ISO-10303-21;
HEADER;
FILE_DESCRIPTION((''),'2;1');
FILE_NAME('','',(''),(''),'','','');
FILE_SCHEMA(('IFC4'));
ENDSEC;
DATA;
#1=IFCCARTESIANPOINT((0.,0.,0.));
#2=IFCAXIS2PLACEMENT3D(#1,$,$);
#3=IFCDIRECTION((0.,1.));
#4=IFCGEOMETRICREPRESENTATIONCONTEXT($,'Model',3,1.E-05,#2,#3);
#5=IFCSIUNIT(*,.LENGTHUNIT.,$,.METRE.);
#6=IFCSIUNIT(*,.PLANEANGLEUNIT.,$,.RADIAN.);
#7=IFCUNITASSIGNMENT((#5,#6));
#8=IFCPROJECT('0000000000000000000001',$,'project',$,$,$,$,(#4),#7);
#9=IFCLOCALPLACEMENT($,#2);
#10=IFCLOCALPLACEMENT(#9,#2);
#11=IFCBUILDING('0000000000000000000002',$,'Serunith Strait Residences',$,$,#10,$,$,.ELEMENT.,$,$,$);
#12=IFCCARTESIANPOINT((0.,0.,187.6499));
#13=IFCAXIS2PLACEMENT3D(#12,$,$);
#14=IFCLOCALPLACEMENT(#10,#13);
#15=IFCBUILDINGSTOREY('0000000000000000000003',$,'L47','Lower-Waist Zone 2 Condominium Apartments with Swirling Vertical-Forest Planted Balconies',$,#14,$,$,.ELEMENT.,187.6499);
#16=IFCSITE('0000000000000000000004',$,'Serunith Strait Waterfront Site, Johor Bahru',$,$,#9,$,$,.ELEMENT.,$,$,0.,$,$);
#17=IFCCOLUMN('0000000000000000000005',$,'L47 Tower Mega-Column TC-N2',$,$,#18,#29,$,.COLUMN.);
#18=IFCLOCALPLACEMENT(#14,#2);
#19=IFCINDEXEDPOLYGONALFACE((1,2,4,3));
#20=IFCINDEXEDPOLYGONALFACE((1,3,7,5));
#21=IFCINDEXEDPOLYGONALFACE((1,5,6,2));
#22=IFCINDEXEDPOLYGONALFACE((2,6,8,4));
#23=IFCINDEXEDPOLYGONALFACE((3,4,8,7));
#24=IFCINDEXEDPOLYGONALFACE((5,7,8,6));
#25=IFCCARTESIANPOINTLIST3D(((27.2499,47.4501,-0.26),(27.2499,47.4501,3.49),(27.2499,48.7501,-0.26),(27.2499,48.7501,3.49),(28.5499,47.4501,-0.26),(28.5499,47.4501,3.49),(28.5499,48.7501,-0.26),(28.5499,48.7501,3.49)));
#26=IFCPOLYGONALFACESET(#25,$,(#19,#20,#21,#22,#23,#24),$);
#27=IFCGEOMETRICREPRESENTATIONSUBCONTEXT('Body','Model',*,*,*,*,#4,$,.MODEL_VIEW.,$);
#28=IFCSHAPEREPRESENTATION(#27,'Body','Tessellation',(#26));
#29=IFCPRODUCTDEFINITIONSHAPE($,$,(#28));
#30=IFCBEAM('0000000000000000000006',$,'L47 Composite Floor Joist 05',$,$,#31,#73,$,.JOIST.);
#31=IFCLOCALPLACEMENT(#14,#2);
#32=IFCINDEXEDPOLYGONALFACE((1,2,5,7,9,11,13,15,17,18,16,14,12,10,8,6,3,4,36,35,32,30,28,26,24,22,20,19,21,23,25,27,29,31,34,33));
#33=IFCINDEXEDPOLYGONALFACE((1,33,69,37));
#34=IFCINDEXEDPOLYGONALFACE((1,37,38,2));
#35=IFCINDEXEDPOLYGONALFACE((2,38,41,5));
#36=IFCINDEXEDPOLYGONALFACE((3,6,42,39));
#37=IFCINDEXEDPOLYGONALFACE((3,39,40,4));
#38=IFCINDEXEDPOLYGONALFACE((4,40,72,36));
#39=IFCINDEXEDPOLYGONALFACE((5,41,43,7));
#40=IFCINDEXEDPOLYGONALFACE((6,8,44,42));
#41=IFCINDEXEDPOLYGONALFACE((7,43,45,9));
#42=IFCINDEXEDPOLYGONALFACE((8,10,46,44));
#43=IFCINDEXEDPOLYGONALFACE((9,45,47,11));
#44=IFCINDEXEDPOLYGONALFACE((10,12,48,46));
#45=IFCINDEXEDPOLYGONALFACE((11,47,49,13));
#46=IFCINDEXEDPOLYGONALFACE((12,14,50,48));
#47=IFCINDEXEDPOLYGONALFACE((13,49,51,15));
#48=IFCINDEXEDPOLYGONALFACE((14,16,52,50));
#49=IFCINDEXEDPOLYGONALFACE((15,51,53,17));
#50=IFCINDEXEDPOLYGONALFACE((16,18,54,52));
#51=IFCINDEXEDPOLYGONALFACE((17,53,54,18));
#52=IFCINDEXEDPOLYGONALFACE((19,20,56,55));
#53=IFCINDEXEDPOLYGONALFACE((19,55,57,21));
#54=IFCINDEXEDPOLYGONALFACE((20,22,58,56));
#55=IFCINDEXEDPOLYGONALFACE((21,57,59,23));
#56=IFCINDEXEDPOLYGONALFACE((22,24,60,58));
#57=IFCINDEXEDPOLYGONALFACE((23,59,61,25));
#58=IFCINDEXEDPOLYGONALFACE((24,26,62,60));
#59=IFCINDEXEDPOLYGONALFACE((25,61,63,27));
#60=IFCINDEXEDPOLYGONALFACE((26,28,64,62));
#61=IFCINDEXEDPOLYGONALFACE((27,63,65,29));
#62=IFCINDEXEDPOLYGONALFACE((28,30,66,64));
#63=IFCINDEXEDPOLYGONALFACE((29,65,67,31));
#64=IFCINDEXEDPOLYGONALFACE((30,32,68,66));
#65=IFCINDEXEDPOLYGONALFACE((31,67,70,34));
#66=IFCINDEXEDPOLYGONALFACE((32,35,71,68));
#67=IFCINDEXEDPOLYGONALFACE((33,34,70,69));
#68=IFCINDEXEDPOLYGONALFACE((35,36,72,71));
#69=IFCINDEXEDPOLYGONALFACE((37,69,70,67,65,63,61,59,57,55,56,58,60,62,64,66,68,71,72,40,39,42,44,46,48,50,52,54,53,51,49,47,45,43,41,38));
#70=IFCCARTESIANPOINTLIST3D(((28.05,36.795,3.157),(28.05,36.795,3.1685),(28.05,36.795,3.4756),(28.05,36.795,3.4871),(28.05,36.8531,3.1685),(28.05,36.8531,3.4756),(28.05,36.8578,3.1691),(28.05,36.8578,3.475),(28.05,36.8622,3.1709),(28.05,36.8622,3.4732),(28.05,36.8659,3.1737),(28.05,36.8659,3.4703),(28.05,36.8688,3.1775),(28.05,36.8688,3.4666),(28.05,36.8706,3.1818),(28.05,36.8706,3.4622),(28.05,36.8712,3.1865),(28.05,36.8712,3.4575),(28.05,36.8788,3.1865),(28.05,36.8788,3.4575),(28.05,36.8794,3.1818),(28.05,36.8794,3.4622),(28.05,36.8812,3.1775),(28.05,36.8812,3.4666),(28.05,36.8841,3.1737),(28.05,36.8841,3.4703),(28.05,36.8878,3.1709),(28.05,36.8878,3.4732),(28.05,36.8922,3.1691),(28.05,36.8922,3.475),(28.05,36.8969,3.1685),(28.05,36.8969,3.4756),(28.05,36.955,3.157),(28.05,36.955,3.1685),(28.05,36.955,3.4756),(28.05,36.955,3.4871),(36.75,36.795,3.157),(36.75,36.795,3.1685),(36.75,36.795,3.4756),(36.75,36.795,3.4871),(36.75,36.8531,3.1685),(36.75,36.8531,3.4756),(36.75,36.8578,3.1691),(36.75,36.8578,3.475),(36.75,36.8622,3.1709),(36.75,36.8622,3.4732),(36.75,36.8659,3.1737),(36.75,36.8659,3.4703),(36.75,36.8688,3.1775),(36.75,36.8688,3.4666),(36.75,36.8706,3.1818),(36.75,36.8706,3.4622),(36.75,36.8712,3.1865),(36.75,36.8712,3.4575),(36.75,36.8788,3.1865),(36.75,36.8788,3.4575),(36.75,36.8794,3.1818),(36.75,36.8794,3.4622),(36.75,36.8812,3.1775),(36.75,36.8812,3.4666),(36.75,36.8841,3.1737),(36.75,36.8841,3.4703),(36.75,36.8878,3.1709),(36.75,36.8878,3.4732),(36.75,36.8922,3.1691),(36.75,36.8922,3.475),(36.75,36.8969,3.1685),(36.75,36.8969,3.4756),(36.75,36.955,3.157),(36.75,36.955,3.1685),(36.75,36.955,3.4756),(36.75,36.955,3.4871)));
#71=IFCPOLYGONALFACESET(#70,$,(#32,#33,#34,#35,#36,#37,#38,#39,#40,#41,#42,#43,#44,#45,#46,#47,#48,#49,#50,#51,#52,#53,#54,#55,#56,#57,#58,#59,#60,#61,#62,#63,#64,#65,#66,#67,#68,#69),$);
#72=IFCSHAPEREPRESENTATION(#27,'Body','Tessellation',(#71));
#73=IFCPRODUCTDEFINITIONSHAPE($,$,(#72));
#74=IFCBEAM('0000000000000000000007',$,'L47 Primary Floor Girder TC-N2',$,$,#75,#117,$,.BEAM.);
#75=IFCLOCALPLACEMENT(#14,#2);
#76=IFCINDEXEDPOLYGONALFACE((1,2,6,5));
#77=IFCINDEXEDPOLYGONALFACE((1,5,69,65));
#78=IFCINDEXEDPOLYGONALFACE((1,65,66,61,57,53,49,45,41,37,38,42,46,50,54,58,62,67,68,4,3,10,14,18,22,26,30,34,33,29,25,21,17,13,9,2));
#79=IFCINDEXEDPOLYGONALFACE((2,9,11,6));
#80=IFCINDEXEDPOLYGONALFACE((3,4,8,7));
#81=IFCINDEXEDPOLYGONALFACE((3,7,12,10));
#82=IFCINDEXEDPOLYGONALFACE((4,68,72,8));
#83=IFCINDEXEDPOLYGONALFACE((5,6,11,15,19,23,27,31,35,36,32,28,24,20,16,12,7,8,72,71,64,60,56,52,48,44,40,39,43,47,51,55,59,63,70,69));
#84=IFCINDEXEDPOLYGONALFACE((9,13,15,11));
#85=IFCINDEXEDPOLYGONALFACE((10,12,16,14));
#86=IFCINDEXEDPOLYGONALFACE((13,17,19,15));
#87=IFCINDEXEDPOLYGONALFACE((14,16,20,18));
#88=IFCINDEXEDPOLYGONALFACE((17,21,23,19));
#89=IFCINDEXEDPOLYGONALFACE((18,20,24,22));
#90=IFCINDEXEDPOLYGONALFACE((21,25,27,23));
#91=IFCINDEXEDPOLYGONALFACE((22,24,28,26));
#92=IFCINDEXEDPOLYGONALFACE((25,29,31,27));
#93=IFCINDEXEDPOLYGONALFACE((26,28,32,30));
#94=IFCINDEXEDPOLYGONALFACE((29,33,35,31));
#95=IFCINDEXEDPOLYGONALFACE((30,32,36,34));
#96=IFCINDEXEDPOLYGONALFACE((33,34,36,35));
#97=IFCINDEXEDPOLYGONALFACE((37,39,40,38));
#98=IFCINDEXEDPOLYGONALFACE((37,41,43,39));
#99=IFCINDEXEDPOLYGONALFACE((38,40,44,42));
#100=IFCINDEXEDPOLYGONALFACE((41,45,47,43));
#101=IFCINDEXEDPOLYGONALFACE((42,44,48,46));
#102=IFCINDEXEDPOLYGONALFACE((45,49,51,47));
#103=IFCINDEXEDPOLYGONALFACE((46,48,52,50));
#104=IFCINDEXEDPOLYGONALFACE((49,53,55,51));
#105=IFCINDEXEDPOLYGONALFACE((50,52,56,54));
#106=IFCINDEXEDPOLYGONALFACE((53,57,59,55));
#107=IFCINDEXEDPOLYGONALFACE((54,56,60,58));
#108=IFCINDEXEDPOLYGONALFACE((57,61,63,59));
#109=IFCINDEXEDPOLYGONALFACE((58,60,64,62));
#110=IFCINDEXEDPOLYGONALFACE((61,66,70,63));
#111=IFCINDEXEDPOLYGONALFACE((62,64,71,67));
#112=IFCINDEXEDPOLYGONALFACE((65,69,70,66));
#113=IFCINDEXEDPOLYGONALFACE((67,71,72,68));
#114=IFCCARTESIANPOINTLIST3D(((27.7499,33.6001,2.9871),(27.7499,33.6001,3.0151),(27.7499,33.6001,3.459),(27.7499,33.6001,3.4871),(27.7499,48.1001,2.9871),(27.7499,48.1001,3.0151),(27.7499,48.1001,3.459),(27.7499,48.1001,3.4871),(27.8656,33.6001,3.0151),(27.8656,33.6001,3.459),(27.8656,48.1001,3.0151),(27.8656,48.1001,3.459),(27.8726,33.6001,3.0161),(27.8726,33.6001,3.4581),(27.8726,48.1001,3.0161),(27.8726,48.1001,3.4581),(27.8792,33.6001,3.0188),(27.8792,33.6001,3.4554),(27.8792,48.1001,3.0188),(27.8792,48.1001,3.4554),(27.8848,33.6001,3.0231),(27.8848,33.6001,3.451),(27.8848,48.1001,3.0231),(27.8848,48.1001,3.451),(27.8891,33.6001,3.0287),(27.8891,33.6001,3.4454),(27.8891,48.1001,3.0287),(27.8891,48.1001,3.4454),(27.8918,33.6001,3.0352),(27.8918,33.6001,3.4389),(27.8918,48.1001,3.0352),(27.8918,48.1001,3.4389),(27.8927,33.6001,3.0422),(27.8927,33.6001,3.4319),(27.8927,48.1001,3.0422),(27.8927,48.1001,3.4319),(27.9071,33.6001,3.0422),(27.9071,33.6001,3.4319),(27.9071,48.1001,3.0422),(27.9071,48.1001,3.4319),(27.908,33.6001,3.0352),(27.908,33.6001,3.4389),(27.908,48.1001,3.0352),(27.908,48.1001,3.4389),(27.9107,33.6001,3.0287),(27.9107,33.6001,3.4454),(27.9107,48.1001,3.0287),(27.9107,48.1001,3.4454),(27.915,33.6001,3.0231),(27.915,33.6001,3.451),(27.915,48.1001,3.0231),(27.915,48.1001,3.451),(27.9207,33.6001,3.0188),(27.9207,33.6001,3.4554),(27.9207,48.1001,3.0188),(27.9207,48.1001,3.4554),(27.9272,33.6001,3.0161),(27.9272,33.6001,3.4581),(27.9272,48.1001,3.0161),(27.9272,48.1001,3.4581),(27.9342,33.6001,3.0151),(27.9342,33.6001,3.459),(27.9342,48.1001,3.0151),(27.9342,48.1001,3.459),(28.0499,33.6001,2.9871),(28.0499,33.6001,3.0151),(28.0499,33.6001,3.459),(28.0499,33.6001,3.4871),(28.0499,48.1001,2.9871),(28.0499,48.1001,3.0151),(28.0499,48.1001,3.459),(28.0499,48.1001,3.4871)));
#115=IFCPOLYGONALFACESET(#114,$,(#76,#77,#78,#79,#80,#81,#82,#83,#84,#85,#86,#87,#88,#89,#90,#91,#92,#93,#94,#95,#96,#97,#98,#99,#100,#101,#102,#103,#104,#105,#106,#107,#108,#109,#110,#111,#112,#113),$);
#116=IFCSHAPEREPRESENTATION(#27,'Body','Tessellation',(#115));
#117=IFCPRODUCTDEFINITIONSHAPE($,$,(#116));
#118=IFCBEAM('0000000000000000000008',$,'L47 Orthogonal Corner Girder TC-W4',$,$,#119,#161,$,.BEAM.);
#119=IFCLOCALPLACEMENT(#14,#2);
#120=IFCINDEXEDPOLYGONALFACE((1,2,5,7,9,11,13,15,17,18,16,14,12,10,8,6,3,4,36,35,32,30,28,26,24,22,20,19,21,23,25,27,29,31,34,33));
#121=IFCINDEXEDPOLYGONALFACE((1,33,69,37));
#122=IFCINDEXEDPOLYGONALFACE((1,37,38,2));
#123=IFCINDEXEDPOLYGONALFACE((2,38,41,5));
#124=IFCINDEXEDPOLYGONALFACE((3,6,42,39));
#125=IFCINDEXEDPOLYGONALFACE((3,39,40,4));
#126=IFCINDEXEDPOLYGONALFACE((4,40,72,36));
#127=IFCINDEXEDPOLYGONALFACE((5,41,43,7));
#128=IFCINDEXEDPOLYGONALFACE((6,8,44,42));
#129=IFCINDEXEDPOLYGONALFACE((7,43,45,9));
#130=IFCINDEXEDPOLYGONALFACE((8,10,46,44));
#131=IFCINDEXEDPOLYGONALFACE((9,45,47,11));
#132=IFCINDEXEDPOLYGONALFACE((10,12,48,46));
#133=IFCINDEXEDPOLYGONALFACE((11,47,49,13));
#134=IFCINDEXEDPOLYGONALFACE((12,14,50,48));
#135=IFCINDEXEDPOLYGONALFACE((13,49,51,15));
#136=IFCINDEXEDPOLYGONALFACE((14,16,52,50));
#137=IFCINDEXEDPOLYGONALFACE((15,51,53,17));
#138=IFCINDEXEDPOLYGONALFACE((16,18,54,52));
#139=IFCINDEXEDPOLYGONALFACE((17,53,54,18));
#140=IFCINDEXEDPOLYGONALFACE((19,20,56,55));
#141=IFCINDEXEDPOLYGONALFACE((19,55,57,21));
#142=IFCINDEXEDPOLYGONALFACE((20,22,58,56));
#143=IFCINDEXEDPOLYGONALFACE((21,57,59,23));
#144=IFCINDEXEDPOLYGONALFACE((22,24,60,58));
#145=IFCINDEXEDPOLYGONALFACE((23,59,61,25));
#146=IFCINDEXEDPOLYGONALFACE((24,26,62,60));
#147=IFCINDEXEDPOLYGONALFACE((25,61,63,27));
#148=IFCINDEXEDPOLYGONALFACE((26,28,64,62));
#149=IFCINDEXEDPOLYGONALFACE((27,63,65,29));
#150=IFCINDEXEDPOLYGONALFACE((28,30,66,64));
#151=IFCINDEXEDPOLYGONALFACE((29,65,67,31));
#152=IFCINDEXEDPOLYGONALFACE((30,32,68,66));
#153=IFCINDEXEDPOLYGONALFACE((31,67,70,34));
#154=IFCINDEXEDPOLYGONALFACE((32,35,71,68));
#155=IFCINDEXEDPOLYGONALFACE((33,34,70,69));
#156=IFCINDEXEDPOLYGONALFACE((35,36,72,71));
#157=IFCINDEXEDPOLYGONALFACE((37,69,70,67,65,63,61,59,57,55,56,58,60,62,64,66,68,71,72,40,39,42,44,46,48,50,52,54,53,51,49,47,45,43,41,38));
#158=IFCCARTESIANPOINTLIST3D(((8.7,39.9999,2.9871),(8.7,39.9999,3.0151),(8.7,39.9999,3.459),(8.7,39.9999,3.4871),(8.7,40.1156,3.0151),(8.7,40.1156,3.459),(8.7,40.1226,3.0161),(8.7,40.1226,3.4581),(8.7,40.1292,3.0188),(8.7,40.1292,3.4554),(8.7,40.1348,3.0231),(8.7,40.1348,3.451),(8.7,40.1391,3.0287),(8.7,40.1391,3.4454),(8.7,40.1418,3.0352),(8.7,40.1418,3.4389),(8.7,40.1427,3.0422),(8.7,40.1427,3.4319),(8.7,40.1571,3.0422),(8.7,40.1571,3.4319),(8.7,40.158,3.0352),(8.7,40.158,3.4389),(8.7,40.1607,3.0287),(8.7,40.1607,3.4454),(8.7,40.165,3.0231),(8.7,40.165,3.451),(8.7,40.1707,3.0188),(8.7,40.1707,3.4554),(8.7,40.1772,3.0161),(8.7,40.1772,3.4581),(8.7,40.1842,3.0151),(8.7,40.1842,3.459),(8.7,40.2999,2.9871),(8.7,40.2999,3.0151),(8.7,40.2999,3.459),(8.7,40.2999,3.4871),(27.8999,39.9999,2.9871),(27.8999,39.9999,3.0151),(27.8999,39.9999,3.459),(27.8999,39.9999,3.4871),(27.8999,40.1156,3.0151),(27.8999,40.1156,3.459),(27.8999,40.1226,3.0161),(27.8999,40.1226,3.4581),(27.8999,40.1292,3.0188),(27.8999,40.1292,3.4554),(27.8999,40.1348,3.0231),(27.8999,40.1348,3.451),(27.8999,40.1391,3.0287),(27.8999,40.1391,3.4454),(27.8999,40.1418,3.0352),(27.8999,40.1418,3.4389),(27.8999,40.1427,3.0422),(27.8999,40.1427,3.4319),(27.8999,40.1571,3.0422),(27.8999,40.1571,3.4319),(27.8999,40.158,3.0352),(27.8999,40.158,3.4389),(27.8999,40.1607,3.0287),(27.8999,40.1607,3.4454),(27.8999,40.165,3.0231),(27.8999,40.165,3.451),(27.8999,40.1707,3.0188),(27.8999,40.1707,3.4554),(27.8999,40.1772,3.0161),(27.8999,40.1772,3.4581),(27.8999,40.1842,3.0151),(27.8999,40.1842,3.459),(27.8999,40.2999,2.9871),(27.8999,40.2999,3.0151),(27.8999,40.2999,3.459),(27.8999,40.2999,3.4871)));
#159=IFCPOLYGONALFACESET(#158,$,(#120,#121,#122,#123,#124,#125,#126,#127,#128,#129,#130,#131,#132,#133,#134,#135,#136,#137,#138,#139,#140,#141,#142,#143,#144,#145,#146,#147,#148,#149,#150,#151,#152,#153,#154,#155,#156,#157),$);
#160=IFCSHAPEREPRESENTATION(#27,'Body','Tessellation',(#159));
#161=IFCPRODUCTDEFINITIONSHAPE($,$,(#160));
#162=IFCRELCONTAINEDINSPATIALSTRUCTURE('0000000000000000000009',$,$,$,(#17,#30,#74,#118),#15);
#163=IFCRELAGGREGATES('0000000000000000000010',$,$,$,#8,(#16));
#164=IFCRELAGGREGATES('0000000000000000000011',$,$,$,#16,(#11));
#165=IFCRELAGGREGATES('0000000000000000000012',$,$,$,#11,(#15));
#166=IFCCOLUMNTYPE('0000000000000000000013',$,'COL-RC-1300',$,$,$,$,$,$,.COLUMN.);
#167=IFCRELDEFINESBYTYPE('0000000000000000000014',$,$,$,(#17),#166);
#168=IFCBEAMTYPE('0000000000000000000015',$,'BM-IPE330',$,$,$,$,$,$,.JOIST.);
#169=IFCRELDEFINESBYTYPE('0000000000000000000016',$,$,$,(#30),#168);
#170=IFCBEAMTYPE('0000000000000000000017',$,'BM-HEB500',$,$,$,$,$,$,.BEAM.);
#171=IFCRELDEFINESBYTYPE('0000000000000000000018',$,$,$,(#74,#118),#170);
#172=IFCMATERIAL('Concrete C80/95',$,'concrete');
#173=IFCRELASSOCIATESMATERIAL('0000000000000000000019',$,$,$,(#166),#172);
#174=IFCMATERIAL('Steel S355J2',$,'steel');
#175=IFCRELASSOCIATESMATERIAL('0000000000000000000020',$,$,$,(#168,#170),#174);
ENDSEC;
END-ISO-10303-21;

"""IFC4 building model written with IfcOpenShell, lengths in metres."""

from ifc_helpers import new_model, si_unit, direction, frame, origin, origin_2d, place, context, subcontext, project, spatial, rectangle, i_section, extrude, source, transform, mapped, material, material_profile, profile_set, type_object, element, save


model = new_model("IFC4")

# Units and contexts
model_context = context("Model", 3, precision=1e-05, world=origin(), true_north=direction((0.0, 1.0)))
body_context = subcontext(model_context, "Body", "Model", "MODEL_VIEW")
ifc_project = project(units=[si_unit("LENGTHUNIT", "METRE"), si_unit("PLANEANGLEUNIT", "RADIAN")], contexts=[model_context])

# Site, building, storey
site_placement = place(None, origin())
site = spatial("IfcSite", under=ifc_project, at=site_placement, Name="Serunith Strait Waterfront Site, Johor Bahru", CompositionType="ELEMENT", RefElevation=0.0)
building_placement = place(site_placement, origin())
building = spatial("IfcBuilding", under=site, at=building_placement, Name="Serunith Strait Residences", CompositionType="ELEMENT")
storey_placement = place(building_placement, frame((0.0, 0.0, 187.6499)))
storey = spatial("IfcBuildingStorey", under=building, at=storey_placement, Name="L47", Description="Lower-Waist Zone 2 Condominium Apartments with Swirling Vertical-Forest Planted Balconies", CompositionType="ELEMENT", Elevation=187.6499)

# Column
ifc_material_1 = material(Name="Concrete C80/95", Category="concrete")
ifc_material_profile_1 = material_profile(ifc_material_1, rectangle(XDim=1.3, YDim=1.3, at=origin_2d()), Name="RC 1300x1300")
ifc_profile_set_1 = profile_set([ifc_material_profile_1], Name="Concrete C80/95")
column_type = type_object("IfcColumnType", Name="COL-RC-1300", PredefinedType="COLUMN", material=ifc_profile_set_1)
shared_shape_1 = source(origin(), body_context, "Body", "SweptSolid", [
    extrude(rectangle(XDim=1.3, YDim=1.3, at=origin_2d()), origin(), (0.0, 0.0, 1.0), 3.75),
])
column_placement = place(storey_placement, frame((27.8999, 48.1001, -0.26), z_axis=(0.0, 0.0, 1.0), x_axis=(1.0, 0.0, 0.0)))
element("IfcColumn", 1, at=column_placement, inside=storey, type_object=column_type, Name="L47 Tower Mega-Column TC-N2", PredefinedType="COLUMN", context=body_context, shape_type="MappedRepresentation", body=[
    mapped(shared_shape_1, transform((0.0, 0.0, 0.0), scale=1.0)),
])

# Beams
ifc_material_2 = material(Name="Steel S355J2", Category="steel")
ifc_material_profile_2 = material_profile(ifc_material_2, i_section(OverallWidth=0.1599, OverallDepth=0.3301, WebThickness=0.0076, FlangeThickness=0.0115, FilletRadius=0.0181, at=origin_2d()), Name="IPE 330")
ifc_profile_set_2 = profile_set([ifc_material_profile_2], Name="Steel S355J2")
beam_type_1 = type_object("IfcBeamType", Name="BM-IPE330", PredefinedType="JOIST", material=ifc_profile_set_2)
shared_shape_2 = source(origin(), body_context, "Body", "SweptSolid", [
    extrude(i_section(OverallWidth=0.1599, OverallDepth=0.3301, WebThickness=0.0076, FlangeThickness=0.0115, FilletRadius=0.0181, at=origin_2d()), origin(), (0.0, 0.0, 1.0), 8.7),
])
beam_1_placement = place(storey_placement, frame((28.05, 36.875, 3.322), z_axis=(1.0, 0.0, 0.0), x_axis=(0.0, 1.0, 0.0)))
element("IfcBeam", 2, at=beam_1_placement, inside=storey, type_object=beam_type_1, Name="L47 Composite Floor Joist 05", PredefinedType="JOIST", context=body_context, shape_type="MappedRepresentation", body=[
    mapped(shared_shape_2, transform((0.0, 0.0, 0.0), scale=1.0)),
])
ifc_material_profile_3 = material_profile(ifc_material_2, i_section(OverallWidth=0.3, OverallDepth=0.5, WebThickness=0.0144, FlangeThickness=0.0281, FilletRadius=0.0271, at=origin_2d()), Name="HEB 500")
ifc_profile_set_3 = profile_set([ifc_material_profile_3], Name="Steel S355J2")
beam_type_2 = type_object("IfcBeamType", Name="BM-HEB500", PredefinedType="BEAM", material=ifc_profile_set_3)
shared_shape_3 = source(origin(), body_context, "Body", "SweptSolid", [
    extrude(i_section(OverallWidth=0.3, OverallDepth=0.5, WebThickness=0.0144, FlangeThickness=0.0281, FilletRadius=0.0271, at=origin_2d()), origin(), (0.0, 0.0, 1.0), 14.5),
])
beam_2_placement = place(storey_placement, frame((27.8999, 33.6001, 3.2371), z_axis=(0.0, 1.0, 0.0), x_axis=(-1.0, 0.0, 0.0)))
element("IfcBeam", 3, at=beam_2_placement, inside=storey, type_object=beam_type_2, Name="L47 Primary Floor Girder TC-N2", PredefinedType="BEAM", context=body_context, shape_type="MappedRepresentation", body=[
    mapped(shared_shape_3, transform((0.0, 0.0, 0.0), scale=1.0)),
])
shared_shape_4 = source(origin(), body_context, "Body", "SweptSolid", [
    extrude(i_section(OverallWidth=0.3, OverallDepth=0.5, WebThickness=0.0144, FlangeThickness=0.0281, FilletRadius=0.0271, at=origin_2d()), origin(), (0.0, 0.0, 1.0), 19.2),
])
beam_3_placement = place(storey_placement, frame((27.8999, 40.1499, 3.2371), z_axis=(-1.0, 0.0, 0.0), x_axis=(0.0, -1.0, 0.0)))
element("IfcBeam", 4, at=beam_3_placement, inside=storey, type_object=beam_type_2, Name="L47 Orthogonal Corner Girder TC-W4", PredefinedType="BEAM", context=body_context, shape_type="MappedRepresentation", body=[
    mapped(shared_shape_4, transform((0.0, 0.0, 0.0), scale=1.0)),
])

save(model, "model.ifc")
